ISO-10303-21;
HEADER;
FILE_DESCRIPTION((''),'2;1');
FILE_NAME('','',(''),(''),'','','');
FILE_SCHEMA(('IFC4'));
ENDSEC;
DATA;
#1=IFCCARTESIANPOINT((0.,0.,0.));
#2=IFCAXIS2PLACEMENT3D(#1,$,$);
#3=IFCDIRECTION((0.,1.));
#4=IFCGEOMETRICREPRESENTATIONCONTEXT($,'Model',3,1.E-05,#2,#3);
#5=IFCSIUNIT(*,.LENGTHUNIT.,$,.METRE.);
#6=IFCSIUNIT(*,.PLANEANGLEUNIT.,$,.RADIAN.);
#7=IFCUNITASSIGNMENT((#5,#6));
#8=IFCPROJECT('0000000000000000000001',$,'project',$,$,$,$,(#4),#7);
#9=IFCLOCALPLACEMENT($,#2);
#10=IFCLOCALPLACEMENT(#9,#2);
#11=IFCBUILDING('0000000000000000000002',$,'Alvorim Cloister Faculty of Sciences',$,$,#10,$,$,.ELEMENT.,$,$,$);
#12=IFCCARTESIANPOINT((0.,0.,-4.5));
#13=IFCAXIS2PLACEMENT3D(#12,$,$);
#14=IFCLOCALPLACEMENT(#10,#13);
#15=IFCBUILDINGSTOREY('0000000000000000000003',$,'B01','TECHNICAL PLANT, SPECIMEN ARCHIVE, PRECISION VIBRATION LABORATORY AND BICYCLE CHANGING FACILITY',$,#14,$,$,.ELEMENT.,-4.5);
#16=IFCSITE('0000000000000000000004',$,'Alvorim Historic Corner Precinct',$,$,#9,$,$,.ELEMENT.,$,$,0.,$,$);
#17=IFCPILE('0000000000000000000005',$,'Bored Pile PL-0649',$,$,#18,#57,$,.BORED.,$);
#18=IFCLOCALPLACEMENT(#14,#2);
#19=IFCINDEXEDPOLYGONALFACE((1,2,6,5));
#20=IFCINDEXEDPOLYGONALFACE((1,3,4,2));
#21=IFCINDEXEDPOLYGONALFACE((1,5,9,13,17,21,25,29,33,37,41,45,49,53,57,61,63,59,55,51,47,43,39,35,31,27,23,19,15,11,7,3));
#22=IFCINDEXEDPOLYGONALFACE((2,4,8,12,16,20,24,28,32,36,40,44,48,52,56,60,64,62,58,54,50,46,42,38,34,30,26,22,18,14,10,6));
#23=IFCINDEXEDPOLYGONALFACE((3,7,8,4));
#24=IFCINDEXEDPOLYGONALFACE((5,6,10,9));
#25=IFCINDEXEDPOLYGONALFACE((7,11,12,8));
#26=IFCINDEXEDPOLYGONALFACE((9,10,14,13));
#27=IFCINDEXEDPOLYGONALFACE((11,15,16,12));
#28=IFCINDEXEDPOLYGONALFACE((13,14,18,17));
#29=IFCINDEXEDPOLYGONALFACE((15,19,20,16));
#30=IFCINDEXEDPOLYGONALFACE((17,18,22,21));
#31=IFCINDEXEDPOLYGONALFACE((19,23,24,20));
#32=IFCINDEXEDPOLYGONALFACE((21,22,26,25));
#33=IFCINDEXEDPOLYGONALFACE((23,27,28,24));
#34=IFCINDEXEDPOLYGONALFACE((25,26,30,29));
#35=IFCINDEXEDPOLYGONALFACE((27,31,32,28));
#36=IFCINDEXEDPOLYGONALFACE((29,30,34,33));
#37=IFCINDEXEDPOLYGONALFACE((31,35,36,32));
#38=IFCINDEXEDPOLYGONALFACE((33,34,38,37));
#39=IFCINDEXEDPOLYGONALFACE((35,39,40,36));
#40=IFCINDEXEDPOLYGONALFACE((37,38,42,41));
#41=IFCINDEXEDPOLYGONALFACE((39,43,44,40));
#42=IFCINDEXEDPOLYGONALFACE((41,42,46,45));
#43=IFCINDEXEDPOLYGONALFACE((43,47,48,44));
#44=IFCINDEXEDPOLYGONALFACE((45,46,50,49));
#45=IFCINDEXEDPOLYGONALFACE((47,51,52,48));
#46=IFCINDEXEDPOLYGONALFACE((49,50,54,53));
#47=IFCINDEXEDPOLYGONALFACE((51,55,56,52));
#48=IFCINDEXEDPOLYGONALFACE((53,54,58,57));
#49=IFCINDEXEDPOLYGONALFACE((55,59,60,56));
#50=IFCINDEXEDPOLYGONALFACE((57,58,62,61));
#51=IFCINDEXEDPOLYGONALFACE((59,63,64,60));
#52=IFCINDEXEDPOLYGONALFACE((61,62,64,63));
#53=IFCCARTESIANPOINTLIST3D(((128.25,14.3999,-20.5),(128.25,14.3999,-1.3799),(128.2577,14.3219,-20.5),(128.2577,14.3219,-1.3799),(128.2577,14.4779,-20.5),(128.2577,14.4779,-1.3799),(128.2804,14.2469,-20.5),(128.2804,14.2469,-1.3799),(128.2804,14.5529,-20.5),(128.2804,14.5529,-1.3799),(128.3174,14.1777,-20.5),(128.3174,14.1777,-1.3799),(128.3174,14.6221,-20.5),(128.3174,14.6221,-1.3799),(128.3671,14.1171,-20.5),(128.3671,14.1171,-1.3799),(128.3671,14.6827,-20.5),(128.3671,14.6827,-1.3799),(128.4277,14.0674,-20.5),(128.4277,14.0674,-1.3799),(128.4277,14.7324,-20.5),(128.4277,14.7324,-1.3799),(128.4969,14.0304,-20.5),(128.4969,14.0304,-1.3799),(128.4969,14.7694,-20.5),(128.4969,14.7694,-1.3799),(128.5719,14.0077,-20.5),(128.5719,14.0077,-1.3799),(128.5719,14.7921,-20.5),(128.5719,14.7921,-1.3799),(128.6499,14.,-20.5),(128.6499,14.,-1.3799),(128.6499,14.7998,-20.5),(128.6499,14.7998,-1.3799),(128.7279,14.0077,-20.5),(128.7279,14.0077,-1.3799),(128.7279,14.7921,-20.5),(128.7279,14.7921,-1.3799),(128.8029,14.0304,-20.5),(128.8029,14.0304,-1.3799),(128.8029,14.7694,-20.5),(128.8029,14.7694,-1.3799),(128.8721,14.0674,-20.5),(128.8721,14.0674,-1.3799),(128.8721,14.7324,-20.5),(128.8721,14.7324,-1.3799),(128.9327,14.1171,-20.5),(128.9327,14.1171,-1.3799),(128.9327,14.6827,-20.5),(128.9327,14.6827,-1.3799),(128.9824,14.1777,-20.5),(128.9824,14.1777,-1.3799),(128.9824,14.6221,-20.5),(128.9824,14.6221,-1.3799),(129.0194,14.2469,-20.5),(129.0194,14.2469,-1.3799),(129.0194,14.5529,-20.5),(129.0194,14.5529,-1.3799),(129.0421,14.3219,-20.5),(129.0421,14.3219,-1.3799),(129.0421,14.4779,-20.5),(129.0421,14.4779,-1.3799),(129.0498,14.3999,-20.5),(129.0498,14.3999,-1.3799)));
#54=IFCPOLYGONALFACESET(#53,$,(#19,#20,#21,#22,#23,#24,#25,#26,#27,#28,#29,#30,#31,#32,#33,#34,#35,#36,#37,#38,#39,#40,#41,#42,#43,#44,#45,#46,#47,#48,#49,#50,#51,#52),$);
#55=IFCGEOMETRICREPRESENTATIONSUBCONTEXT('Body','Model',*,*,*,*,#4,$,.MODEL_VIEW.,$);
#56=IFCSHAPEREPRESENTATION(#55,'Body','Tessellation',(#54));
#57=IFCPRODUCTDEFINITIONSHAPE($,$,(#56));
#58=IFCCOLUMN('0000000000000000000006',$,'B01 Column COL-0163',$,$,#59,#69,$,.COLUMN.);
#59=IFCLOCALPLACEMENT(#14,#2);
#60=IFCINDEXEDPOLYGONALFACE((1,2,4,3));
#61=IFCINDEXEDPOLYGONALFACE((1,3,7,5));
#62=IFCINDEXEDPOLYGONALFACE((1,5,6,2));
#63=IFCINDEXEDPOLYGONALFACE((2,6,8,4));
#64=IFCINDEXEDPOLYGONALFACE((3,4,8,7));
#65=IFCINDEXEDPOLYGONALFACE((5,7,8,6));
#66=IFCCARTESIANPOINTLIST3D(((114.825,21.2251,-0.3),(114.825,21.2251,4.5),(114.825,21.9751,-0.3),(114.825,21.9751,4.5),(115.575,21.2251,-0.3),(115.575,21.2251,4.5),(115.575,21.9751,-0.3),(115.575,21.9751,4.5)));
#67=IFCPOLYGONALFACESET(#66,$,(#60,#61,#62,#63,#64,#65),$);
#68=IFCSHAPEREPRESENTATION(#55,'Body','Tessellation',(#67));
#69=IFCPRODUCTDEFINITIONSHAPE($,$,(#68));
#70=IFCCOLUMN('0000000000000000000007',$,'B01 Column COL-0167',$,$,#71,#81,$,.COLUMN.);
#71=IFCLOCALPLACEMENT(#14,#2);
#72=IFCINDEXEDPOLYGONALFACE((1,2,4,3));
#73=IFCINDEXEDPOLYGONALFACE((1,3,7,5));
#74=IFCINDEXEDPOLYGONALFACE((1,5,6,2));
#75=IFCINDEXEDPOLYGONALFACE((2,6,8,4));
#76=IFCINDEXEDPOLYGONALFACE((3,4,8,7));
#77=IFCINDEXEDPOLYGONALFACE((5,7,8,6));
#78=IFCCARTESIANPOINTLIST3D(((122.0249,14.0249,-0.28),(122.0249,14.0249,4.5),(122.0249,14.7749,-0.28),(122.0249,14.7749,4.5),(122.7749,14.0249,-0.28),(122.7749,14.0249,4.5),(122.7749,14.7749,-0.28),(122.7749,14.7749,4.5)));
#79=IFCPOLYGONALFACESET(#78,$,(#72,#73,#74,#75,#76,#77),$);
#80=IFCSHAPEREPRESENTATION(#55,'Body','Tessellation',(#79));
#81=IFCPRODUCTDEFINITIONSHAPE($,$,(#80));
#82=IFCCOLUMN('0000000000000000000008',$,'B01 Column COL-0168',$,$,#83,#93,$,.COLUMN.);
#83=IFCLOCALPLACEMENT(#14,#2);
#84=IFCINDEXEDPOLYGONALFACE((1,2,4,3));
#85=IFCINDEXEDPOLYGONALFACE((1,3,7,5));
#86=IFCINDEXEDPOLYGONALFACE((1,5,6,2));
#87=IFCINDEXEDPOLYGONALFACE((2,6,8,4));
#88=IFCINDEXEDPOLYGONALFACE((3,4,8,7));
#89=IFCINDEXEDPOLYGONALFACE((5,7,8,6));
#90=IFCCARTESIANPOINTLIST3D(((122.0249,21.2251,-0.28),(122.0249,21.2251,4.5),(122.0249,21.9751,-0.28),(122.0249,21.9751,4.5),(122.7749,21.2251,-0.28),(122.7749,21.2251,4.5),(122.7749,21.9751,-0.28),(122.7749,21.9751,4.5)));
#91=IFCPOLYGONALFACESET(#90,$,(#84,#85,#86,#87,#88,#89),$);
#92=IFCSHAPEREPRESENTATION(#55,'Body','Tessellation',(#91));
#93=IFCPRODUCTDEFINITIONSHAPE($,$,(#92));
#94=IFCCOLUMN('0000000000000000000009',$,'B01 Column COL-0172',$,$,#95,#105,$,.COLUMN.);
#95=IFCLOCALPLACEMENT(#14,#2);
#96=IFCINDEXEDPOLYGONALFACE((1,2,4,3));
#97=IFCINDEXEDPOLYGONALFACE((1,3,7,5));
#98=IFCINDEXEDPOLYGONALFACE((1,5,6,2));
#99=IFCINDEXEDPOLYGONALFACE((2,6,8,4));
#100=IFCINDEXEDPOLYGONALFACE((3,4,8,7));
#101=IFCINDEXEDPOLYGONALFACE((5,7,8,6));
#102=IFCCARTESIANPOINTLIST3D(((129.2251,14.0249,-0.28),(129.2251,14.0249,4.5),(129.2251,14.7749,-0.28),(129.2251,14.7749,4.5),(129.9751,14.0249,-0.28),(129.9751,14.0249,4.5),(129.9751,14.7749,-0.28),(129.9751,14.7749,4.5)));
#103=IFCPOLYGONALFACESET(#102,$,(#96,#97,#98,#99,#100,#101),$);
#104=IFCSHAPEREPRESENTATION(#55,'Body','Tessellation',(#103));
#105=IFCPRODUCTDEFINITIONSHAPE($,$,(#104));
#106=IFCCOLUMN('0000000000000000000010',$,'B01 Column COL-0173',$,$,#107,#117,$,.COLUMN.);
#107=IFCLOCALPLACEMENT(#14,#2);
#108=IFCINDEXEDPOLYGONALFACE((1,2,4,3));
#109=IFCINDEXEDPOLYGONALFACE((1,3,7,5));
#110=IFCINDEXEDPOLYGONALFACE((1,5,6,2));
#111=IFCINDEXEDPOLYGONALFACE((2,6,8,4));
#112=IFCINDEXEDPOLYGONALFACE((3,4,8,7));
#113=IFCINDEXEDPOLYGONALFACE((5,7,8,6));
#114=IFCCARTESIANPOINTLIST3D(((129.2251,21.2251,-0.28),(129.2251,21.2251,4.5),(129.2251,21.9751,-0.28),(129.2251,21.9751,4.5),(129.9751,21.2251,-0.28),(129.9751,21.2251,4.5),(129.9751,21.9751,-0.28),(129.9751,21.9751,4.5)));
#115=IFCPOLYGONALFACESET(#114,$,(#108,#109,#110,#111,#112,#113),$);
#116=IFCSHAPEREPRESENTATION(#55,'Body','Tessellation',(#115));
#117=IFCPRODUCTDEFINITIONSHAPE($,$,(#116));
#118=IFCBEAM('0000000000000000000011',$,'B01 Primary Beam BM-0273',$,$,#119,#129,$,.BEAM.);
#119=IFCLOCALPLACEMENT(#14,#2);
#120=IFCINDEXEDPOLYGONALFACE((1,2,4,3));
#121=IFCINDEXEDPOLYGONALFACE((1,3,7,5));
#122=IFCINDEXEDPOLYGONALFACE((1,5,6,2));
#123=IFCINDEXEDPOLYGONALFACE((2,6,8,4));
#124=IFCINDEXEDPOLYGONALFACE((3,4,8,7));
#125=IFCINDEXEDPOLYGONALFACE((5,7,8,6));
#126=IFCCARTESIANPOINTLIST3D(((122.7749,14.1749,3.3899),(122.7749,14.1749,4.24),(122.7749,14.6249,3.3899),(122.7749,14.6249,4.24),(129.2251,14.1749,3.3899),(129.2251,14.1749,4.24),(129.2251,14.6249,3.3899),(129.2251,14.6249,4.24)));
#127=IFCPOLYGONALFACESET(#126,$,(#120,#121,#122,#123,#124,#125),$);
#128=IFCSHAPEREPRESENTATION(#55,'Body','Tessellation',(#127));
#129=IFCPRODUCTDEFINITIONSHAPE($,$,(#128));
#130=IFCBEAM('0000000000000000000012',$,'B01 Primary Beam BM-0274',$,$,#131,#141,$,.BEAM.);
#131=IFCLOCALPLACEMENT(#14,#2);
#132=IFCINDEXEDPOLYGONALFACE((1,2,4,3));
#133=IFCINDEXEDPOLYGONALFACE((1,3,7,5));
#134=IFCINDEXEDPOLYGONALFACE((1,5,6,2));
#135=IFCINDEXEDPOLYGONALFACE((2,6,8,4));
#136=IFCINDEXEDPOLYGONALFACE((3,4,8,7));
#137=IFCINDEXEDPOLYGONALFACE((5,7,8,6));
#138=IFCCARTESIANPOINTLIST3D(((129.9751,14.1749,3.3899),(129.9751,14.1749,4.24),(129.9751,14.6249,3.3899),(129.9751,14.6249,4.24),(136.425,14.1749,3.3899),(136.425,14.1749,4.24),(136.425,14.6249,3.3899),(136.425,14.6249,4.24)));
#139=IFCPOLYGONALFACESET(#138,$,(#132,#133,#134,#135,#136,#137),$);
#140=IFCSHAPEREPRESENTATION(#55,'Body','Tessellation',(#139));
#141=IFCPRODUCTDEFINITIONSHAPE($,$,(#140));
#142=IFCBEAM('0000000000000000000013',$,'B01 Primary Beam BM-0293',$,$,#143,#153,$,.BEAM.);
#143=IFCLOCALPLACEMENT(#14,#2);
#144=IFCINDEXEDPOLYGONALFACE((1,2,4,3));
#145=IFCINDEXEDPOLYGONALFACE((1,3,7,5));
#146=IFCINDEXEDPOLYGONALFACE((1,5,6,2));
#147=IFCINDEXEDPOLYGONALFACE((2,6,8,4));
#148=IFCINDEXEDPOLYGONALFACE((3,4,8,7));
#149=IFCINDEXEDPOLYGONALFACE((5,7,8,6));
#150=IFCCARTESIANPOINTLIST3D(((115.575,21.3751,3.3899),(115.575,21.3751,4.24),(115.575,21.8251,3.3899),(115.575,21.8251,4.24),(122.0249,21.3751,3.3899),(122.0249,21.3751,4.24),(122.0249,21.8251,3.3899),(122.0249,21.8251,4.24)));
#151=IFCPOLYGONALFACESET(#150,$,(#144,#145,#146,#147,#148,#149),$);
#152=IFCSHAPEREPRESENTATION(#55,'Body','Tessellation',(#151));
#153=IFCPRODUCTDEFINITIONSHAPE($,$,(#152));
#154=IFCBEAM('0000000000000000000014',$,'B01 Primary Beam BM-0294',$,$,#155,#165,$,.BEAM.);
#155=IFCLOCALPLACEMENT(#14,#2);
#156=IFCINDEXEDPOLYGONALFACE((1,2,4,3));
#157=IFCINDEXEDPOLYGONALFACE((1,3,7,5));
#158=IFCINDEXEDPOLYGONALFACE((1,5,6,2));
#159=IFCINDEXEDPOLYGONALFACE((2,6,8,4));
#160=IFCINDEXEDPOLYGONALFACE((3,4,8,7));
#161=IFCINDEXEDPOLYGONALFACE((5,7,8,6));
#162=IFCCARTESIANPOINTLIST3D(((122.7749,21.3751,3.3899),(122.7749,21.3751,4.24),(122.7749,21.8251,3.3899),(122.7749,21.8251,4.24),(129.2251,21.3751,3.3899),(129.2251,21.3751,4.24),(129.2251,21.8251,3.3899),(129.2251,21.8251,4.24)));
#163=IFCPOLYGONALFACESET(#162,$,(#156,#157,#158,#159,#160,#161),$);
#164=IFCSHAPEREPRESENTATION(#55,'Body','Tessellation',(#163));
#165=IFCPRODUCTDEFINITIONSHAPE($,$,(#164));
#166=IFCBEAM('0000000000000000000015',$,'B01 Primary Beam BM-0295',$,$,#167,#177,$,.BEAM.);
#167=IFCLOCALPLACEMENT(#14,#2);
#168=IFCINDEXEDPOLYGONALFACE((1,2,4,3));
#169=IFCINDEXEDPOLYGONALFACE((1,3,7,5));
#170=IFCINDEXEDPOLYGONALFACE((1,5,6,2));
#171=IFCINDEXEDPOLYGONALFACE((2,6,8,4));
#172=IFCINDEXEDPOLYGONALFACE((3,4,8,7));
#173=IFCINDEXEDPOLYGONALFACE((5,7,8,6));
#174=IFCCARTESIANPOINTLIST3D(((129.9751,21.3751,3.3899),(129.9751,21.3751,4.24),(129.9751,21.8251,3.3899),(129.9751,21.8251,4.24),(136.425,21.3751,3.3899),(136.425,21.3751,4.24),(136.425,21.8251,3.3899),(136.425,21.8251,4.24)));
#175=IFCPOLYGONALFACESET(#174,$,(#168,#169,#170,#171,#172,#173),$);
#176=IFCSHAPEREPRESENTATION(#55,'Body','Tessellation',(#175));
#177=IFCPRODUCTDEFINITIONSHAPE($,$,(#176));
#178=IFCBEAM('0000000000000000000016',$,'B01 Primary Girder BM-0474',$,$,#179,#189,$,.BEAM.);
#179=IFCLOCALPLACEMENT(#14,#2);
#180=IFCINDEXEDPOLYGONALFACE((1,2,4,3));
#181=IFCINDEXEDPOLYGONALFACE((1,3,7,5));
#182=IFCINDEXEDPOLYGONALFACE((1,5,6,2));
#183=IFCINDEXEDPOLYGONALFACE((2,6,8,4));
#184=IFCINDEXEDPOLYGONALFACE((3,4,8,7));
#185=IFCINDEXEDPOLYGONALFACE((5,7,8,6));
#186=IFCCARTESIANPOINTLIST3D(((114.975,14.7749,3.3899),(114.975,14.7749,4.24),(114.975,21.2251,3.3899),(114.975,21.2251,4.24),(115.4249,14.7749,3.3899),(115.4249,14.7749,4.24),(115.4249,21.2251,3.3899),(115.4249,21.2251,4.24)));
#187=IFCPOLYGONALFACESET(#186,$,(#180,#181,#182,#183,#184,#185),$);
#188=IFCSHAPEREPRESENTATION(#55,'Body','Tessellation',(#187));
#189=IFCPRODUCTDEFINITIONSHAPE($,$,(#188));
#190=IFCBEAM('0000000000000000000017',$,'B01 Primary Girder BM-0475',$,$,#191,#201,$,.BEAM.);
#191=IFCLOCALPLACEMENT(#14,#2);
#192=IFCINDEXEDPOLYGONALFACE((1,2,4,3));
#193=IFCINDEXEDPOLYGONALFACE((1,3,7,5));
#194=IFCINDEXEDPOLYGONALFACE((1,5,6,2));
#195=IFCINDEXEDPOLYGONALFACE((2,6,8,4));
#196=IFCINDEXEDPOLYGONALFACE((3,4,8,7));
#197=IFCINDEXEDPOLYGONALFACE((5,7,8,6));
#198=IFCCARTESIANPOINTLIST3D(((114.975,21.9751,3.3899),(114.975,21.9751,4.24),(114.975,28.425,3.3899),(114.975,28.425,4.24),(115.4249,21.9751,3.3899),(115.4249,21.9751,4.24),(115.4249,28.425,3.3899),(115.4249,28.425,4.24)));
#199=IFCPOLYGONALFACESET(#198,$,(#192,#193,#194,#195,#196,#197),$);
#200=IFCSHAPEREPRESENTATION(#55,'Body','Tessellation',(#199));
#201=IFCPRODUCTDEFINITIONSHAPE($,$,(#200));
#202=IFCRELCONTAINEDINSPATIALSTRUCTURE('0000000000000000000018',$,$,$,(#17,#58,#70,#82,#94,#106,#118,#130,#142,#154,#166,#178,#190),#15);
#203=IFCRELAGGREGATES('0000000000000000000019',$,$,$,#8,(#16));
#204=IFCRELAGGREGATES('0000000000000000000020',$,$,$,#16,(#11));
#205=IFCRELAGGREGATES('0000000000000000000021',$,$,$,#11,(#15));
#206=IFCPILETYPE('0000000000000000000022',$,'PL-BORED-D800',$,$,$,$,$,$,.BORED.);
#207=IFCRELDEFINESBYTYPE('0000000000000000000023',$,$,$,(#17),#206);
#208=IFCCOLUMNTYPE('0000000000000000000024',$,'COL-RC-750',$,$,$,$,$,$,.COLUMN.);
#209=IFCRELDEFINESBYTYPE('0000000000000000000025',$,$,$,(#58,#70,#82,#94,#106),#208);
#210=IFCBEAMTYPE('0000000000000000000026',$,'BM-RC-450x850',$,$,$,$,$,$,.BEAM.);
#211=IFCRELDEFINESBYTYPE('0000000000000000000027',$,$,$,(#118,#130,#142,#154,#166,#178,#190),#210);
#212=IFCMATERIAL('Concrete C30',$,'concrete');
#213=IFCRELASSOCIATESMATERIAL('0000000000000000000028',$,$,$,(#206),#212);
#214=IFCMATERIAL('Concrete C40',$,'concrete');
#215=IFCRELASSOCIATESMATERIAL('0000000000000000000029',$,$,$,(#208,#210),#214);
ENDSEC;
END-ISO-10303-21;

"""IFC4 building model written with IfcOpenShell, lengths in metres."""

from ifc_helpers import new_model, si_unit, direction, frame, origin, origin_2d, place, context, subcontext, project, spatial, rectangle, circle, extrude, material, material_profile, profile_set, type_object, element, save


model = new_model("IFC4")

# Units and contexts
model_context = context("Model", 3, precision=1e-05, world=origin(), true_north=direction((0.0, 1.0)))
body_context = subcontext(model_context, "Body", "Model", "MODEL_VIEW")
ifc_project = project(units=[si_unit("LENGTHUNIT", "METRE"), si_unit("PLANEANGLEUNIT", "RADIAN")], contexts=[model_context])

# Site, building, storey
site_placement = place(None, origin())
site = spatial("IfcSite", under=ifc_project, at=site_placement, Name="Alvorim Historic Corner Precinct", CompositionType="ELEMENT", RefElevation=0.0)
building_placement = place(site_placement, origin())
building = spatial("IfcBuilding", under=site, at=building_placement, Name="Alvorim Cloister Faculty of Sciences", CompositionType="ELEMENT")
storey_placement = place(building_placement, frame((0.0, 0.0, -4.5)))
storey = spatial("IfcBuildingStorey", under=building, at=storey_placement, Name="B01", Description="TECHNICAL PLANT, SPECIMEN ARCHIVE, PRECISION VIBRATION LABORATORY AND BICYCLE CHANGING FACILITY", CompositionType="ELEMENT", Elevation=-4.5)

# Shared definitions
ifc_material_1 = material(Name="Concrete C40", Category="concrete")

# Pile
ifc_material_2 = material(Name="Concrete C30", Category="concrete")
ifc_material_profile_1 = material_profile(ifc_material_2, circle(Radius=0.3999, at=origin_2d()), Name="PILE-D800")
ifc_profile_set_1 = profile_set([ifc_material_profile_1], Name="Concrete C30")
pile_type_1 = type_object("IfcPileType", Name="PL-BORED-D800", PredefinedType="BORED", material=ifc_profile_set_1)
pile_1_placement = place(storey_placement, frame((128.6499, 14.3999, -1.3799), z_axis=(0.0, 0.0, -1.0), x_axis=(1.0, 0.0, 0.0)))
element("IfcPile", 1, at=pile_1_placement, inside=storey, type_object=pile_type_1, Name="Bored Pile PL-0649", PredefinedType="BORED", context=body_context, shape_type="SweptSolid", body=[
    extrude(circle(Radius=0.3999, at=origin_2d()), origin(), (0.0, 0.0, 1.0), 19.1201),
])

# Columns
ifc_material_profile_2 = material_profile(ifc_material_1, rectangle(XDim=0.75, YDim=0.75, at=origin_2d()), Name="RC40-COL-750x750")
ifc_profile_set_2 = profile_set([ifc_material_profile_2], Name="Concrete C40")
column_type = type_object("IfcColumnType", Name="COL-RC-750", PredefinedType="COLUMN", material=ifc_profile_set_2)
column_placement = place(storey_placement, frame((115.2, 21.6001, -0.3), z_axis=(0.0, 0.0, 1.0), x_axis=(1.0, 0.0, 0.0)))
element("IfcColumn", 2, at=column_placement, inside=storey, type_object=column_type, Name="B01 Column COL-0163", PredefinedType="COLUMN", context=body_context, shape_type="SweptSolid", body=[
    extrude(rectangle(XDim=0.75, YDim=0.75, at=origin_2d()), origin(), (0.0, 0.0, 1.0), 4.8),
])
for number, where, z_axis, x_axis, name in (
    (3, (122.3999, 14.3999, -0.28), (0.0, 0.0, 1.0), (1.0, 0.0, 0.0), "B01 Column COL-0167"),
    (4, (122.3999, 21.6001, -0.28), (0.0, 0.0, 1.0), (1.0, 0.0, 0.0), "B01 Column COL-0168"),
    (5, (129.6001, 14.3999, -0.28), (0.0, 0.0, 1.0), (1.0, 0.0, 0.0), "B01 Column COL-0172"),
    (6, (129.6001, 21.6001, -0.28), (0.0, 0.0, 1.0), (1.0, 0.0, 0.0), "B01 Column COL-0173"),
):
    element("IfcColumn", number, at=place(storey_placement, frame(where, z_axis=z_axis, x_axis=x_axis)), inside=storey, type_object=column_type, Name=name, PredefinedType="COLUMN", context=body_context, shape_type="SweptSolid", body=[
        extrude(rectangle(XDim=0.75, YDim=0.75, at=origin_2d()), origin(), (0.0, 0.0, 1.0), 4.78),
    ])

# Beams
ifc_material_profile_3 = material_profile(ifc_material_1, rectangle(XDim=0.45, YDim=0.8501, at=origin_2d()), Name="RC40-BM-450x850")
ifc_profile_set_3 = profile_set([ifc_material_profile_3], Name="Concrete C40")
beam_type = type_object("IfcBeamType", Name="BM-RC-450x850", PredefinedType="BEAM", material=ifc_profile_set_3)
beam_1_placement = place(storey_placement, frame((122.7749, 14.3999, 3.8149), z_axis=(1.0, 0.0, 0.0), x_axis=(0.0, 1.0, 0.0)))
element("IfcBeam", 7, at=beam_1_placement, inside=storey, type_object=beam_type, Name="B01 Primary Beam BM-0273", PredefinedType="BEAM", context=body_context, shape_type="SweptSolid", body=[
    extrude(rectangle(XDim=0.45, YDim=0.8501, at=origin_2d()), origin(), (0.0, 0.0, 1.0), 6.4502),
])
for number, where, z_axis, x_axis, name in (
    (8, (129.9751, 14.3999, 3.8149), (1.0, 0.0, 0.0), (0.0, 1.0, 0.0), "B01 Primary Beam BM-0274"),
    (9, (115.575, 21.6001, 3.8149), (1.0, 0.0, 0.0), (0.0, 1.0, 0.0), "B01 Primary Beam BM-0293"),
):
    element("IfcBeam", number, at=place(storey_placement, frame(where, z_axis=z_axis, x_axis=x_axis)), inside=storey, type_object=beam_type, Name=name, PredefinedType="BEAM", context=body_context, shape_type="SweptSolid", body=[
        extrude(rectangle(XDim=0.45, YDim=0.8501, at=origin_2d()), origin(), (0.0, 0.0, 1.0), 6.45),
    ])
beam_2_placement = place(storey_placement, frame((122.7749, 21.6001, 3.8149), z_axis=(1.0, 0.0, 0.0), x_axis=(0.0, 1.0, 0.0)))
element("IfcBeam", 10, at=beam_2_placement, inside=storey, type_object=beam_type, Name="B01 Primary Beam BM-0294", PredefinedType="BEAM", context=body_context, shape_type="SweptSolid", body=[
    extrude(rectangle(XDim=0.45, YDim=0.8501, at=origin_2d()), origin(), (0.0, 0.0, 1.0), 6.4502),
])
beam_3_placement = place(storey_placement, frame((129.9751, 21.6001, 3.8149), z_axis=(1.0, 0.0, 0.0), x_axis=(0.0, 1.0, 0.0)))
element("IfcBeam", 11, at=beam_3_placement, inside=storey, type_object=beam_type, Name="B01 Primary Beam BM-0295", PredefinedType="BEAM", context=body_context, shape_type="SweptSolid", body=[
    extrude(rectangle(XDim=0.45, YDim=0.8501, at=origin_2d()), origin(), (0.0, 0.0, 1.0), 6.45),
])
beam_4_placement = place(storey_placement, frame((115.2, 14.7749, 3.8149), z_axis=(0.0, 1.0, 0.0), x_axis=(-1.0, 0.0, 0.0)))
element("IfcBeam", 12, at=beam_4_placement, inside=storey, type_object=beam_type, Name="B01 Primary Girder BM-0474", PredefinedType="BEAM", context=body_context, shape_type="SweptSolid", body=[
    extrude(rectangle(XDim=0.45, YDim=0.8501, at=origin_2d()), origin(), (0.0, 0.0, 1.0), 6.4502),
])
for number, where, z_axis, x_axis, name in (
    (13, (115.2, 21.9751, 3.8149), (0.0, 1.0, 0.0), (-1.0, 0.0, 0.0), "B01 Primary Girder BM-0475"),
):
    element("IfcBeam", number, at=place(storey_placement, frame(where, z_axis=z_axis, x_axis=x_axis)), inside=storey, type_object=beam_type, Name=name, PredefinedType="BEAM", context=body_context, shape_type="SweptSolid", body=[
        extrude(rectangle(XDim=0.45, YDim=0.8501, at=origin_2d()), origin(), (0.0, 0.0, 1.0), 6.45),
    ])

save(model, "model.ifc")
